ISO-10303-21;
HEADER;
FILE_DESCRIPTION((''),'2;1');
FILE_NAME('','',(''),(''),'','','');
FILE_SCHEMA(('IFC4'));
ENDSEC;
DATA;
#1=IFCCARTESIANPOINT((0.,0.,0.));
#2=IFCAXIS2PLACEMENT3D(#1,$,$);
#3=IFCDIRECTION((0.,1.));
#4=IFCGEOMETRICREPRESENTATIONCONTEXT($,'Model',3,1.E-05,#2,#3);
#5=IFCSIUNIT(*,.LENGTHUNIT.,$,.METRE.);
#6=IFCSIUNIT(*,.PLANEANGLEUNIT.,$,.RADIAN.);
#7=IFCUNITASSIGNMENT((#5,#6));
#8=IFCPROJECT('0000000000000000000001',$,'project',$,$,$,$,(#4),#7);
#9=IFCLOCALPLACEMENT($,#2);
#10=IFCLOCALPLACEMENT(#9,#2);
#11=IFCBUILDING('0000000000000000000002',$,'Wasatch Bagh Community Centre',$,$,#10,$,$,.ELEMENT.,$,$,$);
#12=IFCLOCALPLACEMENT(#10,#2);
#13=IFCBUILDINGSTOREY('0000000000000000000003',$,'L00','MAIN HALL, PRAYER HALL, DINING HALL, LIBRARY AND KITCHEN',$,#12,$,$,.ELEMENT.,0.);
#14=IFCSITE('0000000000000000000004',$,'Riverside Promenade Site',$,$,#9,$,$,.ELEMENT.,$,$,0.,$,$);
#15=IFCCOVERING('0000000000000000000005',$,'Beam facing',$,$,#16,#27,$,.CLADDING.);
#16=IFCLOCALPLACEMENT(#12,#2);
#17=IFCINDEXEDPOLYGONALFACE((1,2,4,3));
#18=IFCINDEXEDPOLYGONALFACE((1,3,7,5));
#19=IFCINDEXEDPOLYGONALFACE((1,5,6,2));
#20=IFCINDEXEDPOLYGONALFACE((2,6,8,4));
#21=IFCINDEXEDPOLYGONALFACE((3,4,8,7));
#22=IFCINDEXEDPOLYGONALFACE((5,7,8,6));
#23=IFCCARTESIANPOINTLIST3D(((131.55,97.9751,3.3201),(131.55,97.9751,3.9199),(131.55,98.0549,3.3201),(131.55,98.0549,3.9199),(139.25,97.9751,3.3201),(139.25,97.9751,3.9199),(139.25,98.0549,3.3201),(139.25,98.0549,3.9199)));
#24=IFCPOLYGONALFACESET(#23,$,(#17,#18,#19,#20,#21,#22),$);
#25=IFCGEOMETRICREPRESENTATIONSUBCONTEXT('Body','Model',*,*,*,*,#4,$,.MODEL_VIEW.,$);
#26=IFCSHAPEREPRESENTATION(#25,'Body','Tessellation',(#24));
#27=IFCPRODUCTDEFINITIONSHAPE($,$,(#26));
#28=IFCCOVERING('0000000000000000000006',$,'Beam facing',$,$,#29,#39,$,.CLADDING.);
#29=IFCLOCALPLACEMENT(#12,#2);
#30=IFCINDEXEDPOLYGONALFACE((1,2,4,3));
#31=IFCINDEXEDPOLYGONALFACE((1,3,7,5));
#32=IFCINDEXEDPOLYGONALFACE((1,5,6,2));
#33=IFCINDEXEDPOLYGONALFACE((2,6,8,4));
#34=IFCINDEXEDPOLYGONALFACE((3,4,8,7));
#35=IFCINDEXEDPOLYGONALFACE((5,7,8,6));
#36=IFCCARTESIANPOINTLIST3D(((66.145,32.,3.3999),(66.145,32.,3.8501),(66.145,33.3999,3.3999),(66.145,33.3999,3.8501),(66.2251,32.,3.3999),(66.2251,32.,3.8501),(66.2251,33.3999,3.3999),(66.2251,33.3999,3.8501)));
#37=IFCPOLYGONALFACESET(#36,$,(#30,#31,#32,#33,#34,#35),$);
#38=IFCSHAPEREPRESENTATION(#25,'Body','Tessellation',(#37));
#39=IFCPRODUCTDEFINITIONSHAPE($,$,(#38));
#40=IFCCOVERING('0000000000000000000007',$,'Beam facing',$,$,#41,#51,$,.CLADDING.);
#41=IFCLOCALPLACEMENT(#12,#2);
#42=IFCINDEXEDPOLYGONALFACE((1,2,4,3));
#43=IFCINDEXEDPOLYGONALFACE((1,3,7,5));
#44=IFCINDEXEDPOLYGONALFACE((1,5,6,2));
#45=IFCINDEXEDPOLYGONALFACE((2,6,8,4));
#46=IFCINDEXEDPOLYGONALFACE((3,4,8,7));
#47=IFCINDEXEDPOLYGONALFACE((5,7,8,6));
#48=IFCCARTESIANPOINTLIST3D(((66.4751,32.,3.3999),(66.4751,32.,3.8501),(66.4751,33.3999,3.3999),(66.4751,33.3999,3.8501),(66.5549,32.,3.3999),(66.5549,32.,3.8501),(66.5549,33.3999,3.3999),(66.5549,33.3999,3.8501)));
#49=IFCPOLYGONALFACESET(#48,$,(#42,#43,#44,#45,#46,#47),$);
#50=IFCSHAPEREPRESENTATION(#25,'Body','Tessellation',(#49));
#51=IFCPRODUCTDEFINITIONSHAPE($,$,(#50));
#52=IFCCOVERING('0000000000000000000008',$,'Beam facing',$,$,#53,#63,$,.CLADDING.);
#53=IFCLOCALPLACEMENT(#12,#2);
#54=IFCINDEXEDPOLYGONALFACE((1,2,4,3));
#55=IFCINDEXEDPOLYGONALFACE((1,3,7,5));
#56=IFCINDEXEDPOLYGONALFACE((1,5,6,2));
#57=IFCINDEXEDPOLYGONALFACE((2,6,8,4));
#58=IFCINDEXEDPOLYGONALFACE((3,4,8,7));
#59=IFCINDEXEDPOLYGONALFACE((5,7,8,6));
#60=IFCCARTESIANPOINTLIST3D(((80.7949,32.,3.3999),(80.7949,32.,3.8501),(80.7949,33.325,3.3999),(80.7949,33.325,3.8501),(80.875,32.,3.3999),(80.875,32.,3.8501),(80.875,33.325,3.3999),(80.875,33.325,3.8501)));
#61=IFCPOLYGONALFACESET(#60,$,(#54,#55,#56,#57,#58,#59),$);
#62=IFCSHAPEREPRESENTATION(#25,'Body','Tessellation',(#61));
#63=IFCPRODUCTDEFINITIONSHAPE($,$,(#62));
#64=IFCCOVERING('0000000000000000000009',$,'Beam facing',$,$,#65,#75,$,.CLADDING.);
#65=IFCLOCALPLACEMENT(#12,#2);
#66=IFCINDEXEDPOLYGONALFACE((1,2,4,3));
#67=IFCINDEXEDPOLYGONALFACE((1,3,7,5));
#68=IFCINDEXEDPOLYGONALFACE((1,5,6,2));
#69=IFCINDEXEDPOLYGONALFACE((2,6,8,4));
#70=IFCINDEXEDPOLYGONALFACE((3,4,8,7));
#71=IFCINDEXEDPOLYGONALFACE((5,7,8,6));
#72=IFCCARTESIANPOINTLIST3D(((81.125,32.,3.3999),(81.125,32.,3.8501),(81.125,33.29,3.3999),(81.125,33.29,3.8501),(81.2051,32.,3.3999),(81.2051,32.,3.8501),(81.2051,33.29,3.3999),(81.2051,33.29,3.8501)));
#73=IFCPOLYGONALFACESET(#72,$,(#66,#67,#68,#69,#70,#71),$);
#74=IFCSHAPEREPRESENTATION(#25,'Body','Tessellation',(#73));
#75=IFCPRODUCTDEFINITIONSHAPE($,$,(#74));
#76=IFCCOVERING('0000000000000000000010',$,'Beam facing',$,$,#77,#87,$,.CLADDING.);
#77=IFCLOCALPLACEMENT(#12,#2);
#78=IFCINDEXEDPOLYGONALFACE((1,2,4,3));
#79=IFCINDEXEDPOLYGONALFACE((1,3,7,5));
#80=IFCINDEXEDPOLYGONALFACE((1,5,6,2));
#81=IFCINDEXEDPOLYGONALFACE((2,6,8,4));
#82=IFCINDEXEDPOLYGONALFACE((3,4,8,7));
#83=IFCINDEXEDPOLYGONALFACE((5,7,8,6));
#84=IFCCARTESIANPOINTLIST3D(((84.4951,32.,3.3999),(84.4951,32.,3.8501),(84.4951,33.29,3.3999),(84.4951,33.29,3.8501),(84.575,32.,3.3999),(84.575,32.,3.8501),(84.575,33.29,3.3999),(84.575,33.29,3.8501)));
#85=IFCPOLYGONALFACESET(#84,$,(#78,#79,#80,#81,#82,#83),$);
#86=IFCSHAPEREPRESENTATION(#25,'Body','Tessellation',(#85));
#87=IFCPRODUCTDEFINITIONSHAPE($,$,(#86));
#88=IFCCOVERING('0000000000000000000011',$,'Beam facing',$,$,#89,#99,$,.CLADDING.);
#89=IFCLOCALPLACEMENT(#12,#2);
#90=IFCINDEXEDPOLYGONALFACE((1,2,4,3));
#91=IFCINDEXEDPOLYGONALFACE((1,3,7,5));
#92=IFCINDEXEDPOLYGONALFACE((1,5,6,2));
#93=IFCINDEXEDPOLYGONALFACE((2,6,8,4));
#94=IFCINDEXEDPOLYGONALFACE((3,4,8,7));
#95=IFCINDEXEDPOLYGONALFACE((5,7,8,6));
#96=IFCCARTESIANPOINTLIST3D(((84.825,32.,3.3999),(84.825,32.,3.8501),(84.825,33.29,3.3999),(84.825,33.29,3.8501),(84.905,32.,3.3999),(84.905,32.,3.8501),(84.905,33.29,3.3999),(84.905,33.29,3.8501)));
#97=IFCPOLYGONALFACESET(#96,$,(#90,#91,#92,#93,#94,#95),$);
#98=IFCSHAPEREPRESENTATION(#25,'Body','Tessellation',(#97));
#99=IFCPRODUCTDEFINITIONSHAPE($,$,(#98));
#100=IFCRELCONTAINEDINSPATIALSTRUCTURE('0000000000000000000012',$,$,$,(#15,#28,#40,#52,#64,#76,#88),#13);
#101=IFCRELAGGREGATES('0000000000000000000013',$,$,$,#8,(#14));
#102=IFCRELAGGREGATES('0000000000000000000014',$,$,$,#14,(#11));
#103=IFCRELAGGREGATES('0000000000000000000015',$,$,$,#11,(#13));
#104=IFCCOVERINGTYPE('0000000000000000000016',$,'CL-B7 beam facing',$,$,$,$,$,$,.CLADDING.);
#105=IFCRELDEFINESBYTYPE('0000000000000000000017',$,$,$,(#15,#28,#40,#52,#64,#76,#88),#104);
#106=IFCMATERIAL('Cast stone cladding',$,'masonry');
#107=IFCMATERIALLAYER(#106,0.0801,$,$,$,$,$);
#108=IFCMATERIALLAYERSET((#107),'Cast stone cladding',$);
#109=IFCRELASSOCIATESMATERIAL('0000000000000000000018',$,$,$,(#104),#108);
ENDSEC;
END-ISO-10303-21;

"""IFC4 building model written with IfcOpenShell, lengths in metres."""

from ifc_helpers import new_model, si_unit, direction, frame, origin, place, context, subcontext, project, spatial, polyline, outline, extrude, material, layer, layer_set, type_object, element, save


model = new_model("IFC4")

# Units and contexts
model_context = context("Model", 3, precision=1e-05, world=origin(), true_north=direction((0.0, 1.0)))
body_context = subcontext(model_context, "Body", "Model", "MODEL_VIEW")
ifc_project = project(units=[si_unit("LENGTHUNIT", "METRE"), si_unit("PLANEANGLEUNIT", "RADIAN")], contexts=[model_context])

# Site, building, storey
site_placement = place(None, origin())
site = spatial("IfcSite", under=ifc_project, at=site_placement, Name="Riverside Promenade Site", CompositionType="ELEMENT", RefElevation=0.0)
building_placement = place(site_placement, origin())
building = spatial("IfcBuilding", under=site, at=building_placement, Name="Wasatch Bagh Community Centre", CompositionType="ELEMENT")
storey_placement = place(building_placement, origin())
storey = spatial("IfcBuildingStorey", under=building, at=storey_placement, Name="L00", Description="MAIN HALL, PRAYER HALL, DINING HALL, LIBRARY AND KITCHEN", CompositionType="ELEMENT", Elevation=0.0)

# Coverings
ifc_material = material(Name="Cast stone cladding", Category="masonry")
ifc_layer = layer(ifc_material, 0.0801)
ifc_layer_set = layer_set([ifc_layer], Name="Cast stone cladding")
covering_type = type_object("IfcCoveringType", Name="CL-B7 beam facing", PredefinedType="CLADDING", material=ifc_layer_set)
covering_1_placement = place(storey_placement, frame((0.0, 0.0, 3.3201)))
element("IfcCovering", 1, at=covering_1_placement, inside=storey, type_object=covering_type, Name="Beam facing", PredefinedType="CLADDING", context=body_context, shape_type="SweptSolid", body=[
    extrude(outline(polyline([(131.55, 97.9751), (139.25, 97.9751), (139.25, 98.0549), (131.55, 98.0549), (131.55, 97.9751)])), origin(), (0.0, 0.0, 1.0), 0.5999),
])
covering_2_placement = place(storey_placement, frame((0.0, 0.0, 3.3999)))
element("IfcCovering", 2, at=covering_2_placement, inside=storey, type_object=covering_type, Name="Beam facing", PredefinedType="CLADDING", context=body_context, shape_type="SweptSolid", body=[
    extrude(outline(polyline([(66.2251, 32.0), (66.2251, 33.3999), (66.145, 33.3999), (66.145, 32.0), (66.2251, 32.0)])), origin(), (0.0, 0.0, 1.0), 0.4502),
])
covering_3_placement = place(storey_placement, frame((0.0, 0.0, 3.3999)))
element("IfcCovering", 3, at=covering_3_placement, inside=storey, type_object=covering_type, Name="Beam facing", PredefinedType="CLADDING", context=body_context, shape_type="SweptSolid", body=[
    extrude(outline(polyline([(66.4751, 32.0), (66.4751, 33.3999), (66.5549, 33.3999), (66.5549, 32.0), (66.4751, 32.0)])), origin(), (0.0, 0.0, 1.0), 0.4502),
])
covering_4_placement = place(storey_placement, frame((0.0, 0.0, 3.3999)))
element("IfcCovering", 4, at=covering_4_placement, inside=storey, type_object=covering_type, Name="Beam facing", PredefinedType="CLADDING", context=body_context, shape_type="SweptSolid", body=[
    extrude(outline(polyline([(80.875, 32.0), (80.875, 33.325), (80.7949, 33.325), (80.7949, 32.0), (80.875, 32.0)])), origin(), (0.0, 0.0, 1.0), 0.4502),
])
covering_5_placement = place(storey_placement, frame((0.0, 0.0, 3.3999)))
element("IfcCovering", 5, at=covering_5_placement, inside=storey, type_object=covering_type, Name="Beam facing", PredefinedType="CLADDING", context=body_context, shape_type="SweptSolid", body=[
    extrude(outline(polyline([(81.125, 32.0), (81.125, 33.29), (81.2051, 33.29), (81.2051, 32.0), (81.125, 32.0)])), origin(), (0.0, 0.0, 1.0), 0.4502),
])
covering_6_placement = place(storey_placement, frame((0.0, 0.0, 3.3999)))
element("IfcCovering", 6, at=covering_6_placement, inside=storey, type_object=covering_type, Name="Beam facing", PredefinedType="CLADDING", context=body_context, shape_type="SweptSolid", body=[
    extrude(outline(polyline([(84.575, 32.0), (84.575, 33.29), (84.4951, 33.29), (84.4951, 32.0), (84.575, 32.0)])), origin(), (0.0, 0.0, 1.0), 0.4502),
])
covering_7_placement = place(storey_placement, frame((0.0, 0.0, 3.3999)))
element("IfcCovering", 7, at=covering_7_placement, inside=storey, type_object=covering_type, Name="Beam facing", PredefinedType="CLADDING", context=body_context, shape_type="SweptSolid", body=[
    extrude(outline(polyline([(84.825, 32.0), (84.825, 33.29), (84.905, 33.29), (84.905, 32.0), (84.825, 32.0)])), origin(), (0.0, 0.0, 1.0), 0.4502),
])

save(model, "model.ifc")
